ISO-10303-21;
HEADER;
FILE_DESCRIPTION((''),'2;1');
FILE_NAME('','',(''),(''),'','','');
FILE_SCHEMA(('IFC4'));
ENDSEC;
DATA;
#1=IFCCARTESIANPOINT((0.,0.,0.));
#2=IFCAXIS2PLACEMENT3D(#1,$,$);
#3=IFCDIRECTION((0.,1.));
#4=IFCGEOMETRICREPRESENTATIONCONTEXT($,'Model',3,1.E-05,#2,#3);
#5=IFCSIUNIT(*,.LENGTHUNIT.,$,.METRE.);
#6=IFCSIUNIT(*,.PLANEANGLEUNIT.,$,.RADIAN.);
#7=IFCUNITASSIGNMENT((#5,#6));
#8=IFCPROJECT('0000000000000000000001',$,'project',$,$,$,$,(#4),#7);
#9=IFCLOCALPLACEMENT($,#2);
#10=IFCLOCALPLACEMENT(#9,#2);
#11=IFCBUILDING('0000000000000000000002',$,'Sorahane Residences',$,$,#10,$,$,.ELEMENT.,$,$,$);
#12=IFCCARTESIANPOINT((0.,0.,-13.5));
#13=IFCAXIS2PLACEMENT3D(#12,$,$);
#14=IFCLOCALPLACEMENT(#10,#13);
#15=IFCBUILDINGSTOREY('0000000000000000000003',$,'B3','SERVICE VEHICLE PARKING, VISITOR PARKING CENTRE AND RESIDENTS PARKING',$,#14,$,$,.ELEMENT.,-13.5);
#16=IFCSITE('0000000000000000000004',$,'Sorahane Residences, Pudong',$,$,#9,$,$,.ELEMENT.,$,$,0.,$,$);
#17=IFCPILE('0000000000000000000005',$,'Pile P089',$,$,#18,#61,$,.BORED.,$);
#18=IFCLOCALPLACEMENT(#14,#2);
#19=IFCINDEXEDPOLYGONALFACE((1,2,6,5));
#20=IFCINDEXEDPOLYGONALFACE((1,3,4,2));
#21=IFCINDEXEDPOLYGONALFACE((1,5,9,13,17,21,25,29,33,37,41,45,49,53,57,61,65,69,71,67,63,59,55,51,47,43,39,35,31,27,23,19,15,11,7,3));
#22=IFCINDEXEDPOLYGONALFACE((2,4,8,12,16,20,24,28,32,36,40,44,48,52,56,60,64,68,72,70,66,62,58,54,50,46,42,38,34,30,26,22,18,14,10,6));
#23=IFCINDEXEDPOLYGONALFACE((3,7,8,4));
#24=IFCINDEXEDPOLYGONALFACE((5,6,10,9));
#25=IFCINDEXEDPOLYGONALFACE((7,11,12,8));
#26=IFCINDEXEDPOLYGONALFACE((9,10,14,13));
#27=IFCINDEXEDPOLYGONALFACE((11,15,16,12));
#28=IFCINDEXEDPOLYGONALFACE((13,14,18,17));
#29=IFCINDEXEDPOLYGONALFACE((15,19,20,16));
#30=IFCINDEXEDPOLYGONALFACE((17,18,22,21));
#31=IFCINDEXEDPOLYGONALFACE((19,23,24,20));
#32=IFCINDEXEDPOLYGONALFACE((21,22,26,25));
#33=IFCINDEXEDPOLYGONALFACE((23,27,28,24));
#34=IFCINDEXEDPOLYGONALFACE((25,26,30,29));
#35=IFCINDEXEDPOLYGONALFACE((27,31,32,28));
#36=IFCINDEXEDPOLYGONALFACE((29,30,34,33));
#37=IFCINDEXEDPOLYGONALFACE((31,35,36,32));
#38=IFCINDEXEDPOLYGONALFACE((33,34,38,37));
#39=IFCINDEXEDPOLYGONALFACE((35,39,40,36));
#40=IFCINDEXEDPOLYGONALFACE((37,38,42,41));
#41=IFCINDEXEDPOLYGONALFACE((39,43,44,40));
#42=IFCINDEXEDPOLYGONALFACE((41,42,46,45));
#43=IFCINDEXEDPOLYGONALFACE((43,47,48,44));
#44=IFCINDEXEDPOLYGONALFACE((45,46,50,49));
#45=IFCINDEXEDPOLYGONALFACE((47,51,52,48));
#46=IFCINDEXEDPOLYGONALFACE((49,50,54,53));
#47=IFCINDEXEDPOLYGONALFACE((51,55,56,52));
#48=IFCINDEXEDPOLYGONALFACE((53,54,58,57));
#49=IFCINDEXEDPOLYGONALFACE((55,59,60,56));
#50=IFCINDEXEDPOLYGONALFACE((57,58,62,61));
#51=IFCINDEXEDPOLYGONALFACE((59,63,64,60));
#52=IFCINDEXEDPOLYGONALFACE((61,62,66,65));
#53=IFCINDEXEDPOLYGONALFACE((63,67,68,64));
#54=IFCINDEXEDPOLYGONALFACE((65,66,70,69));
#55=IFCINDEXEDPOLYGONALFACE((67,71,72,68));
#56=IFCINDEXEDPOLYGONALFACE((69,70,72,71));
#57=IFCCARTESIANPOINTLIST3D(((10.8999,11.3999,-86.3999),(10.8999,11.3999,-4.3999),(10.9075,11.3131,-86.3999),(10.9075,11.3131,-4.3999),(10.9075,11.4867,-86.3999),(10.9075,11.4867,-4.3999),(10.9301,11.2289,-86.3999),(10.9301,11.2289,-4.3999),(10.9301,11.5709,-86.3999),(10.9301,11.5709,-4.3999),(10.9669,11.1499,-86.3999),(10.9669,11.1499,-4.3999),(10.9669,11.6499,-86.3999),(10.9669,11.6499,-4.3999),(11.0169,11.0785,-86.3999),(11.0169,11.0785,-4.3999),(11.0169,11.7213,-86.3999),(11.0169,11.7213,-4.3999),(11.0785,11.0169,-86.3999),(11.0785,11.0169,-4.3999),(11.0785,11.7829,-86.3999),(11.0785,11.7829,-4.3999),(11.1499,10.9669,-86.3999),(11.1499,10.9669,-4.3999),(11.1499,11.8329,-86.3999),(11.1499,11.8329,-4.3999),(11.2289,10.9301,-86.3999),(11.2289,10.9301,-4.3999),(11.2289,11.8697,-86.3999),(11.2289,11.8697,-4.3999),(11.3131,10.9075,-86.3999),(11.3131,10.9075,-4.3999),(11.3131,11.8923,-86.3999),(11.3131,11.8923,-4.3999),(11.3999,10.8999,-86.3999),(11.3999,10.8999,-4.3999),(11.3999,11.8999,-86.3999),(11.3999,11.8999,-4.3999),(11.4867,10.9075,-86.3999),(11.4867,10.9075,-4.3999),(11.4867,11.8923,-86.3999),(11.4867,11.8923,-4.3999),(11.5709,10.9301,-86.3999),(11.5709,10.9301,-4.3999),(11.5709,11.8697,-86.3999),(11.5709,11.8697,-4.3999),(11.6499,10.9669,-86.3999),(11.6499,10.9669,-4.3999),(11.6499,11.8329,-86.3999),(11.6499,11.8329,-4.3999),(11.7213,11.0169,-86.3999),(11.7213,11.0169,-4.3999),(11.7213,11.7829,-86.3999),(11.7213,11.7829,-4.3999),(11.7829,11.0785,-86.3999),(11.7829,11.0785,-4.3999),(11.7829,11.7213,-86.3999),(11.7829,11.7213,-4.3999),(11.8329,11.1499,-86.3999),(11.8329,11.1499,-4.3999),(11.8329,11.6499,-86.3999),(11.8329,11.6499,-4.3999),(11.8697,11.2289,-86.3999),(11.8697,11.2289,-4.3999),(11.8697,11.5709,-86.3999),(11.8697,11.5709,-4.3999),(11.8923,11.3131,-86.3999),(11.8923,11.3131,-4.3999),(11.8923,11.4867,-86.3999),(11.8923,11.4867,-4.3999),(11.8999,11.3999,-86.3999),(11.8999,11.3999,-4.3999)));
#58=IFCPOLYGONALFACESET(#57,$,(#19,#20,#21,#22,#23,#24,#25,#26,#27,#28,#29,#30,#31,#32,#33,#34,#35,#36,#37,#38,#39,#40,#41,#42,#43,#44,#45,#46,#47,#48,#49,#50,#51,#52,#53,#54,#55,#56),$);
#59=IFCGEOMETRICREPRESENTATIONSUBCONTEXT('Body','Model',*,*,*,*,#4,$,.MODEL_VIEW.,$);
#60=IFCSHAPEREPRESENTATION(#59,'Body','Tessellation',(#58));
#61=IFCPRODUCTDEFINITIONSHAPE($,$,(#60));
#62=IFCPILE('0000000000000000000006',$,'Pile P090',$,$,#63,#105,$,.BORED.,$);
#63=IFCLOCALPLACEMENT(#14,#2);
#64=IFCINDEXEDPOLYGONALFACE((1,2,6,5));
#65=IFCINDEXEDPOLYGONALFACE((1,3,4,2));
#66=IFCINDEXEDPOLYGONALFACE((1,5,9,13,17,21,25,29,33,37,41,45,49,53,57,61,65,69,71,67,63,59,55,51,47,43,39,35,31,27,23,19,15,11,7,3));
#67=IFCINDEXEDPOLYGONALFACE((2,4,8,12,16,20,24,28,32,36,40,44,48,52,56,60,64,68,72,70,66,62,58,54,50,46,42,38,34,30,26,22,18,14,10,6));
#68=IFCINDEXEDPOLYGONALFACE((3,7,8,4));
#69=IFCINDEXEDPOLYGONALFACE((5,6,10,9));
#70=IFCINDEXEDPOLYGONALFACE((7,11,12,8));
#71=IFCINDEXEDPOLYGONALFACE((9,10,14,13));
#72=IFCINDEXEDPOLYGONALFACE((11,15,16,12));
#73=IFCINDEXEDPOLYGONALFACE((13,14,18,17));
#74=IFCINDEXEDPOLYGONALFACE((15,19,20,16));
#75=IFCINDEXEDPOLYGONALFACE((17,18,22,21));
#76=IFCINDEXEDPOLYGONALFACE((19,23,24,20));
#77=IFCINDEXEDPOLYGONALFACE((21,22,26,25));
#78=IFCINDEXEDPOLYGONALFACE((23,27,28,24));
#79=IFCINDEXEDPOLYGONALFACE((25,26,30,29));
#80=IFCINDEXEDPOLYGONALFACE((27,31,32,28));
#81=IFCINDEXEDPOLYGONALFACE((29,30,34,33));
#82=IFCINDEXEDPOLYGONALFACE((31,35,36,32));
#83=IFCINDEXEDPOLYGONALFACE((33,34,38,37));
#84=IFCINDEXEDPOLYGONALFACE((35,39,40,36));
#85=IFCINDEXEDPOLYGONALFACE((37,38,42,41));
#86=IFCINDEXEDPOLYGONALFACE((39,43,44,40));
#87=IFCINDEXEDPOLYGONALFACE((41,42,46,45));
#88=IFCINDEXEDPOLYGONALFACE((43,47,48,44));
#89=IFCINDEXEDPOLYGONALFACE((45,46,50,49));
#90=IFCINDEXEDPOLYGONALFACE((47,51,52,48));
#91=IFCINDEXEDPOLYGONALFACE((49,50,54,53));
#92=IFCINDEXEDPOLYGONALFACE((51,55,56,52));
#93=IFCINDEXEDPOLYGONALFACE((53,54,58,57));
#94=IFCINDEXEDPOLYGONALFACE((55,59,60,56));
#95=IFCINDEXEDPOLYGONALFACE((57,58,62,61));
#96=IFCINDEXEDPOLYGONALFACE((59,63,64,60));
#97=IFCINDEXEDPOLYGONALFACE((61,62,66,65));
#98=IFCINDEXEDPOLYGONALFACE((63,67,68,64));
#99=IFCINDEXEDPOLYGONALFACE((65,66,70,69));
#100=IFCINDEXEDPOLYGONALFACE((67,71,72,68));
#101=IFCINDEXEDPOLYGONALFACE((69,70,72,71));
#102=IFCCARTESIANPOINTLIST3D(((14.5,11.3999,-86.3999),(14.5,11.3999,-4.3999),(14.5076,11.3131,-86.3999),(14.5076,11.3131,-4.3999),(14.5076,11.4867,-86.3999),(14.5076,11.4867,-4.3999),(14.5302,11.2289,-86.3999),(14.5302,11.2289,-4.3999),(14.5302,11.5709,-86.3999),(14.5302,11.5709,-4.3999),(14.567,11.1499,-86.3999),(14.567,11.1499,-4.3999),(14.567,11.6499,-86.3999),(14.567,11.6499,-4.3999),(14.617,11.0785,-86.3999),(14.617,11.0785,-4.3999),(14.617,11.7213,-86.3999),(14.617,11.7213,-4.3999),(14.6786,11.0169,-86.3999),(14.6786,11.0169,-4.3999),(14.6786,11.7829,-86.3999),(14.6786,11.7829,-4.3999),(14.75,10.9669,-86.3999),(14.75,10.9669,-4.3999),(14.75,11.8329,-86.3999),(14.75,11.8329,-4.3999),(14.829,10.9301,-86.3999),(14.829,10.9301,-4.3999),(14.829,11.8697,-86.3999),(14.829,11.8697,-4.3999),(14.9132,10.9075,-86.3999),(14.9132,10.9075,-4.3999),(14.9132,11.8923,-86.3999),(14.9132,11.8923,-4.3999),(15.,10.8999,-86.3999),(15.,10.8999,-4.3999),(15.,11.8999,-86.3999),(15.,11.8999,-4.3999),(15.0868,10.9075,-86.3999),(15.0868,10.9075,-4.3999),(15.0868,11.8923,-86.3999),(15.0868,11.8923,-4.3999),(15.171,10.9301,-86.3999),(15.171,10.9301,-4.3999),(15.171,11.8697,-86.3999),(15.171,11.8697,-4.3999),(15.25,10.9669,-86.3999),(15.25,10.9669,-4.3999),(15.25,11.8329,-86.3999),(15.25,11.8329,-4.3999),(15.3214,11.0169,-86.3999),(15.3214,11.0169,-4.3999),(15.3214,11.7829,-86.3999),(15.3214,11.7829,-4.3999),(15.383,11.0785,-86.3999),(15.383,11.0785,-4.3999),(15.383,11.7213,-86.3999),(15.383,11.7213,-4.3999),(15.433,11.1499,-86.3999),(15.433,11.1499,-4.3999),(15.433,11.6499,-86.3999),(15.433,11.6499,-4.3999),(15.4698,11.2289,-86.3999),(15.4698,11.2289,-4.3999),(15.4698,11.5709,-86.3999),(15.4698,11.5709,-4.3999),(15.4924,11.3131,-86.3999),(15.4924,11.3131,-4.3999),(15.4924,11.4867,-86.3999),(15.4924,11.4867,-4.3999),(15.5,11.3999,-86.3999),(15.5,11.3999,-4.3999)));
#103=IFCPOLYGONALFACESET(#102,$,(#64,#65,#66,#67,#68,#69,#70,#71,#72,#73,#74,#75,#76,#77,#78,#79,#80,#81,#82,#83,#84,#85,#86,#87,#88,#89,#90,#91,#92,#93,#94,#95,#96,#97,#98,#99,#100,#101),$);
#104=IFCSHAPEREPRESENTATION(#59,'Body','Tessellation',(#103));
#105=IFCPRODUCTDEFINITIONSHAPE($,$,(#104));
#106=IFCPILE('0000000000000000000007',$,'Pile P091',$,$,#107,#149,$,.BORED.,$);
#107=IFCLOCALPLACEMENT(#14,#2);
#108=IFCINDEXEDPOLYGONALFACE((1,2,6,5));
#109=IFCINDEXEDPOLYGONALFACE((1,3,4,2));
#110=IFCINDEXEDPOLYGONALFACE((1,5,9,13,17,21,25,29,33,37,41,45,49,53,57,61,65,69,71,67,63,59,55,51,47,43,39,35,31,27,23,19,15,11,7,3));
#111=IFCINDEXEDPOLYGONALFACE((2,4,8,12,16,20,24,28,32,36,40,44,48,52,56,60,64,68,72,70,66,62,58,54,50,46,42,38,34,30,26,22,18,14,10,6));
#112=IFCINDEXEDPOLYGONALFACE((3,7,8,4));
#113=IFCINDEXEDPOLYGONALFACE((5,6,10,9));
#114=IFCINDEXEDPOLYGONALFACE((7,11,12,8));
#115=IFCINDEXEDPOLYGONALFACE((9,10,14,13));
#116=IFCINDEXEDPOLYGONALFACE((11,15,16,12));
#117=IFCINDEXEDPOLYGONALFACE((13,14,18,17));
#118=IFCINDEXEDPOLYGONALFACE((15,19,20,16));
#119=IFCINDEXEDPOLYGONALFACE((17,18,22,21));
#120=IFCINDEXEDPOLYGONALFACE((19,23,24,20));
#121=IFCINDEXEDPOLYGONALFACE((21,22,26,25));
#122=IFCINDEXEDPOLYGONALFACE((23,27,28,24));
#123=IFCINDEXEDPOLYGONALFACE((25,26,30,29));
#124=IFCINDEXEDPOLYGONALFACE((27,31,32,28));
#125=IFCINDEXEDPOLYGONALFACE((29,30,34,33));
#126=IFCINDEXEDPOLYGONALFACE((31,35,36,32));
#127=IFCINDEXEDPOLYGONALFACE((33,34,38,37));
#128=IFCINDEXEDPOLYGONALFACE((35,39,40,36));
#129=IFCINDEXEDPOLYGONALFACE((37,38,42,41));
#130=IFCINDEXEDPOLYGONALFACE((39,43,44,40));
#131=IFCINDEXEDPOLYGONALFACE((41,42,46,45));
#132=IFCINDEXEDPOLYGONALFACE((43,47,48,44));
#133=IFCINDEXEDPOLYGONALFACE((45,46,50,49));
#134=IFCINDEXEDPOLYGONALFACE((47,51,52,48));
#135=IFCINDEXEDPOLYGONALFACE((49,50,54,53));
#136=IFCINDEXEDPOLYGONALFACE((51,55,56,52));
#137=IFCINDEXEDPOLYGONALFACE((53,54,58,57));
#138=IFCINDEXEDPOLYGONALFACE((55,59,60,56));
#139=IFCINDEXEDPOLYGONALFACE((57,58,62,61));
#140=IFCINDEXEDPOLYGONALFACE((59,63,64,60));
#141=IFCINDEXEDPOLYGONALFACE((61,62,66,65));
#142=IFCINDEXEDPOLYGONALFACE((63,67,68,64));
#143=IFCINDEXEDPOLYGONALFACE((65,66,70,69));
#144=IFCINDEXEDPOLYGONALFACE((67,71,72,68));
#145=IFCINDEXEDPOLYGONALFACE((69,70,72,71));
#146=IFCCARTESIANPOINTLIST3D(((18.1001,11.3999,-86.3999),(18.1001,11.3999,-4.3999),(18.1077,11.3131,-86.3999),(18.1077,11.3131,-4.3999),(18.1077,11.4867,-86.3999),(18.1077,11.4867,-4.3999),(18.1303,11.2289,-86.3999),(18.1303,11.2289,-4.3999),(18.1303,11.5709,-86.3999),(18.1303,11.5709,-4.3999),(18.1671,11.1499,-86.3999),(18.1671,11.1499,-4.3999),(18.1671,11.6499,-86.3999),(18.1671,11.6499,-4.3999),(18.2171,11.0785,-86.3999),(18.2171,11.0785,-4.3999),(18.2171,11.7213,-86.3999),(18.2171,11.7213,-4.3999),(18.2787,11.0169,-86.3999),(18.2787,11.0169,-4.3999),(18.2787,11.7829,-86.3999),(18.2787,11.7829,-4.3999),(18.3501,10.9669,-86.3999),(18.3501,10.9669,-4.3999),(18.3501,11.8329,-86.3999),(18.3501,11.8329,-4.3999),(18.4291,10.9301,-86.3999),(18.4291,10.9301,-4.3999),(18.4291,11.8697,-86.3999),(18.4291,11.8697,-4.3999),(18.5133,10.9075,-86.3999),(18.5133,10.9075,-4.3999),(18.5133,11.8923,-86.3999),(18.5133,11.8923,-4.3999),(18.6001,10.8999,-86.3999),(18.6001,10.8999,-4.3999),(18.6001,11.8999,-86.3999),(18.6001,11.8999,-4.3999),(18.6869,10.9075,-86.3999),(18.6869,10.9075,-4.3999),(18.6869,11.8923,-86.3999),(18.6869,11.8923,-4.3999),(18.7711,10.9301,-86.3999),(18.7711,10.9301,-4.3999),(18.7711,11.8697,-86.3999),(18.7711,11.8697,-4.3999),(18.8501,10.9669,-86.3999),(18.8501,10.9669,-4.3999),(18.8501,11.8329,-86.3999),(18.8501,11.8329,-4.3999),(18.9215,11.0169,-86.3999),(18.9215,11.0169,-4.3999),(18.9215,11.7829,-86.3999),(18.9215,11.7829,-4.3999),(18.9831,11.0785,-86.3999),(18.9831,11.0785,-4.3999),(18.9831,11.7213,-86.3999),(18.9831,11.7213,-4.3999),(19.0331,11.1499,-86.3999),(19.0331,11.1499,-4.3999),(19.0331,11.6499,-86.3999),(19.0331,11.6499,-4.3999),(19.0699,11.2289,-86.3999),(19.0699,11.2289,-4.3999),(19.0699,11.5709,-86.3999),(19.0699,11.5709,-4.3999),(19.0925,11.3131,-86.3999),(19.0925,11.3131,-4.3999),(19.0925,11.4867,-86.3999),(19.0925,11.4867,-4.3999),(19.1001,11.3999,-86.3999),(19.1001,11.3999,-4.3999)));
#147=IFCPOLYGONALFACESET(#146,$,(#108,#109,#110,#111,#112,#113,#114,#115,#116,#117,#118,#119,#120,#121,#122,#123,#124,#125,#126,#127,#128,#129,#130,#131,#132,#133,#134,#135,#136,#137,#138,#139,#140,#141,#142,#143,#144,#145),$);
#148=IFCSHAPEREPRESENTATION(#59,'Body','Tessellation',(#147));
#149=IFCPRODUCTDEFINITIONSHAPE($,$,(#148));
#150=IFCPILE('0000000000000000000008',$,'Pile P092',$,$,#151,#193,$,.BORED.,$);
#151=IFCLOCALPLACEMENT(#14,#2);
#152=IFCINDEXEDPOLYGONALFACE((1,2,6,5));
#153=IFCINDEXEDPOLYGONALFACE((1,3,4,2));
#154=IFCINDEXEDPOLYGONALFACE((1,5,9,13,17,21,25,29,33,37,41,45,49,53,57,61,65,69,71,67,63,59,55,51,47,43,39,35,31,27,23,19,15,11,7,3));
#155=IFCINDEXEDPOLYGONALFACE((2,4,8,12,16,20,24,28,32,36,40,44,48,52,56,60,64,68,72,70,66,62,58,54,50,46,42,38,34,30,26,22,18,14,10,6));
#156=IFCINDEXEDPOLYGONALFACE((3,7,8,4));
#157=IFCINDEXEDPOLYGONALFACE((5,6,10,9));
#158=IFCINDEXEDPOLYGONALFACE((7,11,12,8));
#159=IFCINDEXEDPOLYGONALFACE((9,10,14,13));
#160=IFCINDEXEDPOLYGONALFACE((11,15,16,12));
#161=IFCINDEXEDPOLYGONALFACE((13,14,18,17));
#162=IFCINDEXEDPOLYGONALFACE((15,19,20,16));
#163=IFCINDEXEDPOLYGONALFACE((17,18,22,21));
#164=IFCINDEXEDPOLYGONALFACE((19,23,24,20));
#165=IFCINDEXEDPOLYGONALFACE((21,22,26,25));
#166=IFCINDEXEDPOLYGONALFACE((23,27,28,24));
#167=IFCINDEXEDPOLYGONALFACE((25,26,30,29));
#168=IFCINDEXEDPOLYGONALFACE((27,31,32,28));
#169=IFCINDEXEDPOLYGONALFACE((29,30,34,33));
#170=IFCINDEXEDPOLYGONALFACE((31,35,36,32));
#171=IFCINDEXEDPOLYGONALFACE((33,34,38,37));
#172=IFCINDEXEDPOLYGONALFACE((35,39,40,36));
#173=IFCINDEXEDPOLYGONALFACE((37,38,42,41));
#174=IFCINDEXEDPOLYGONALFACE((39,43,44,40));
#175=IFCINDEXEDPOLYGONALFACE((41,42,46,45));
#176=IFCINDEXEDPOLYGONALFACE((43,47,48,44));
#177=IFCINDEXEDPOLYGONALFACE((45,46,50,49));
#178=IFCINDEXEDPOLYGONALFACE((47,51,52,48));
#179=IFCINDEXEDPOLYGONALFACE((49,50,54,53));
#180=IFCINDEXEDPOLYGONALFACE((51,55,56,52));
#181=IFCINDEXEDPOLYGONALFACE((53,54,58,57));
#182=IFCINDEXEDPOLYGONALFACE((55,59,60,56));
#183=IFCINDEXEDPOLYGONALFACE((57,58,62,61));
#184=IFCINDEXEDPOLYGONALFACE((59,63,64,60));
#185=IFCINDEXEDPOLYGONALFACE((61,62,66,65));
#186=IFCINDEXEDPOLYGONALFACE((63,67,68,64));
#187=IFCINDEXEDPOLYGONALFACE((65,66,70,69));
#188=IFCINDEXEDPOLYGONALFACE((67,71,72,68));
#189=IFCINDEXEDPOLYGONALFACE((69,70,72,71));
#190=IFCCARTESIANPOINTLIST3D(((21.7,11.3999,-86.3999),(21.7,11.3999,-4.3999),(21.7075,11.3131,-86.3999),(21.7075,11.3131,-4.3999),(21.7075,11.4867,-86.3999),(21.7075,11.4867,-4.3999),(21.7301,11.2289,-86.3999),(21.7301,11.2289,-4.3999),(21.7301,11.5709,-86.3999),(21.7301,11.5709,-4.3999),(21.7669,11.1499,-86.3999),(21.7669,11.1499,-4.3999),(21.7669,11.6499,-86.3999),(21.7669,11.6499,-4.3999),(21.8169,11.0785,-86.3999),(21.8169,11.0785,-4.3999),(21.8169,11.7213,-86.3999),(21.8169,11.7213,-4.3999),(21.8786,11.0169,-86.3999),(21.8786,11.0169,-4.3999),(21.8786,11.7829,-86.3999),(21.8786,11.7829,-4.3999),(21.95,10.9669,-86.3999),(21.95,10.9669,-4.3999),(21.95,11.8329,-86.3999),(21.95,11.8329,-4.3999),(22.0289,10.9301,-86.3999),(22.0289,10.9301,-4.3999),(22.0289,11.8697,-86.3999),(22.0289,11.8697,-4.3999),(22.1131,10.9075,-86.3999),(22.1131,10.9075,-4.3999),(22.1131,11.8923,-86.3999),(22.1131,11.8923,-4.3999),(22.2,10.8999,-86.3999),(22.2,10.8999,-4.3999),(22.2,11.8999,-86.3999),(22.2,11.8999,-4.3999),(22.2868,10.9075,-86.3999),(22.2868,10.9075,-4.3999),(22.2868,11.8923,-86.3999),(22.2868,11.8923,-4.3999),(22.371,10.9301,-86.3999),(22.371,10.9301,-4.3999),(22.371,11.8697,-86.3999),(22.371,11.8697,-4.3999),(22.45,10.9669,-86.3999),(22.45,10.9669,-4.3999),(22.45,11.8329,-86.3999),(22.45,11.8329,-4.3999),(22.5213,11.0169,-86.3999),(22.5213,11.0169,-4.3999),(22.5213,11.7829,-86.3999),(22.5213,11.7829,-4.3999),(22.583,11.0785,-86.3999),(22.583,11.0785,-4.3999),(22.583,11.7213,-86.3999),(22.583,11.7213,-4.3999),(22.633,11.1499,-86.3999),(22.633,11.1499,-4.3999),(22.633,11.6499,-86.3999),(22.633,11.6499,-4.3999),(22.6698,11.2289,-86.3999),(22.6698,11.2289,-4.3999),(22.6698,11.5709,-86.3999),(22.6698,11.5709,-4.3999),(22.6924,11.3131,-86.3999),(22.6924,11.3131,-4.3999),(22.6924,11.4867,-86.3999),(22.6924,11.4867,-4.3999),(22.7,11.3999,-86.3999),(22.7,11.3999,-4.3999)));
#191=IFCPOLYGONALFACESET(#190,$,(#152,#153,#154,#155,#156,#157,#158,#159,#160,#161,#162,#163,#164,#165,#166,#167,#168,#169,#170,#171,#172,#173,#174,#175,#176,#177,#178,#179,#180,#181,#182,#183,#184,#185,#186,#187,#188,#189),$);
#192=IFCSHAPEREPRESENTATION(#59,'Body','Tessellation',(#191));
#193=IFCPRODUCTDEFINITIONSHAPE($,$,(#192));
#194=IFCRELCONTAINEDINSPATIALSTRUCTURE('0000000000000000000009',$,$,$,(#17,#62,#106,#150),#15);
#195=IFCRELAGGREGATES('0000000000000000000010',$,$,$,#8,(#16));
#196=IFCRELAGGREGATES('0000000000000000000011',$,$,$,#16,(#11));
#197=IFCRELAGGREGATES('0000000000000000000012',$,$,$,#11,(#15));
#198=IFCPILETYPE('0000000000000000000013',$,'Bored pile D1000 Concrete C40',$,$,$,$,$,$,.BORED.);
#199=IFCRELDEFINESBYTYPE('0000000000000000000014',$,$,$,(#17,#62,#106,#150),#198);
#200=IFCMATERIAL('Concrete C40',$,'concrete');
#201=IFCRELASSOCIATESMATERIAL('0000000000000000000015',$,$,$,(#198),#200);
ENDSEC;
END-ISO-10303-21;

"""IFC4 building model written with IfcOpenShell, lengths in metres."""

from ifc_helpers import new_model, si_unit, direction, frame, origin, origin_2d, place, context, subcontext, project, spatial, circle, extrude, material, material_profile, profile_set, type_object, element, save


model = new_model("IFC4")

# Units and contexts
model_context = context("Model", 3, precision=1e-05, world=origin(), true_north=direction((0.0, 1.0)))
body_context = subcontext(model_context, "Body", "Model", "MODEL_VIEW")
ifc_project = project(units=[si_unit("LENGTHUNIT", "METRE"), si_unit("PLANEANGLEUNIT", "RADIAN")], contexts=[model_context])

# Site, building, storey
site_placement = place(None, origin())
site = spatial("IfcSite", under=ifc_project, at=site_placement, Name="Sorahane Residences, Pudong", CompositionType="ELEMENT", RefElevation=0.0)
building_placement = place(site_placement, origin())
building = spatial("IfcBuilding", under=site, at=building_placement, Name="Sorahane Residences", CompositionType="ELEMENT")
storey_placement = place(building_placement, frame((0.0, 0.0, -13.5)))
storey = spatial("IfcBuildingStorey", under=building, at=storey_placement, Name="B3", Description="SERVICE VEHICLE PARKING, VISITOR PARKING CENTRE AND RESIDENTS PARKING", CompositionType="ELEMENT", Elevation=-13.5)

# Piles
ifc_material_1 = material(Name="Concrete C40", Category="concrete")
ifc_material_profile_1 = material_profile(ifc_material_1, circle(Radius=0.5, at=origin_2d()), Name="D1000")
ifc_profile_set_1 = profile_set([ifc_material_profile_1], Name="Concrete C40")
pile_type = type_object("IfcPileType", Name="Bored pile D1000 Concrete C40", PredefinedType="BORED", material=ifc_profile_set_1)
for number, where, z_axis, x_axis, name in (
    (1, (11.3999, 11.3999, -4.3999), (0.0, 0.0, -1.0), (1.0, 0.0, 0.0), "Pile P089"),
    (2, (15.0, 11.3999, -4.3999), (0.0, 0.0, -1.0), (1.0, 0.0, 0.0), "Pile P090"),
    (3, (18.6001, 11.3999, -4.3999), (0.0, 0.0, -1.0), (1.0, 0.0, 0.0), "Pile P091"),
    (4, (22.2, 11.3999, -4.3999), (0.0, 0.0, -1.0), (1.0, 0.0, 0.0), "Pile P092"),
):
    element("IfcPile", number, at=place(storey_placement, frame(where, z_axis=z_axis, x_axis=x_axis)), inside=storey, type_object=pile_type, Name=name, PredefinedType="BORED", context=body_context, shape_type="SweptSolid", body=[
        extrude(circle(Radius=0.5, at=origin_2d()), origin(), (0.0, 0.0, 1.0), 82.0),
    ])

save(model, "model.ifc")
